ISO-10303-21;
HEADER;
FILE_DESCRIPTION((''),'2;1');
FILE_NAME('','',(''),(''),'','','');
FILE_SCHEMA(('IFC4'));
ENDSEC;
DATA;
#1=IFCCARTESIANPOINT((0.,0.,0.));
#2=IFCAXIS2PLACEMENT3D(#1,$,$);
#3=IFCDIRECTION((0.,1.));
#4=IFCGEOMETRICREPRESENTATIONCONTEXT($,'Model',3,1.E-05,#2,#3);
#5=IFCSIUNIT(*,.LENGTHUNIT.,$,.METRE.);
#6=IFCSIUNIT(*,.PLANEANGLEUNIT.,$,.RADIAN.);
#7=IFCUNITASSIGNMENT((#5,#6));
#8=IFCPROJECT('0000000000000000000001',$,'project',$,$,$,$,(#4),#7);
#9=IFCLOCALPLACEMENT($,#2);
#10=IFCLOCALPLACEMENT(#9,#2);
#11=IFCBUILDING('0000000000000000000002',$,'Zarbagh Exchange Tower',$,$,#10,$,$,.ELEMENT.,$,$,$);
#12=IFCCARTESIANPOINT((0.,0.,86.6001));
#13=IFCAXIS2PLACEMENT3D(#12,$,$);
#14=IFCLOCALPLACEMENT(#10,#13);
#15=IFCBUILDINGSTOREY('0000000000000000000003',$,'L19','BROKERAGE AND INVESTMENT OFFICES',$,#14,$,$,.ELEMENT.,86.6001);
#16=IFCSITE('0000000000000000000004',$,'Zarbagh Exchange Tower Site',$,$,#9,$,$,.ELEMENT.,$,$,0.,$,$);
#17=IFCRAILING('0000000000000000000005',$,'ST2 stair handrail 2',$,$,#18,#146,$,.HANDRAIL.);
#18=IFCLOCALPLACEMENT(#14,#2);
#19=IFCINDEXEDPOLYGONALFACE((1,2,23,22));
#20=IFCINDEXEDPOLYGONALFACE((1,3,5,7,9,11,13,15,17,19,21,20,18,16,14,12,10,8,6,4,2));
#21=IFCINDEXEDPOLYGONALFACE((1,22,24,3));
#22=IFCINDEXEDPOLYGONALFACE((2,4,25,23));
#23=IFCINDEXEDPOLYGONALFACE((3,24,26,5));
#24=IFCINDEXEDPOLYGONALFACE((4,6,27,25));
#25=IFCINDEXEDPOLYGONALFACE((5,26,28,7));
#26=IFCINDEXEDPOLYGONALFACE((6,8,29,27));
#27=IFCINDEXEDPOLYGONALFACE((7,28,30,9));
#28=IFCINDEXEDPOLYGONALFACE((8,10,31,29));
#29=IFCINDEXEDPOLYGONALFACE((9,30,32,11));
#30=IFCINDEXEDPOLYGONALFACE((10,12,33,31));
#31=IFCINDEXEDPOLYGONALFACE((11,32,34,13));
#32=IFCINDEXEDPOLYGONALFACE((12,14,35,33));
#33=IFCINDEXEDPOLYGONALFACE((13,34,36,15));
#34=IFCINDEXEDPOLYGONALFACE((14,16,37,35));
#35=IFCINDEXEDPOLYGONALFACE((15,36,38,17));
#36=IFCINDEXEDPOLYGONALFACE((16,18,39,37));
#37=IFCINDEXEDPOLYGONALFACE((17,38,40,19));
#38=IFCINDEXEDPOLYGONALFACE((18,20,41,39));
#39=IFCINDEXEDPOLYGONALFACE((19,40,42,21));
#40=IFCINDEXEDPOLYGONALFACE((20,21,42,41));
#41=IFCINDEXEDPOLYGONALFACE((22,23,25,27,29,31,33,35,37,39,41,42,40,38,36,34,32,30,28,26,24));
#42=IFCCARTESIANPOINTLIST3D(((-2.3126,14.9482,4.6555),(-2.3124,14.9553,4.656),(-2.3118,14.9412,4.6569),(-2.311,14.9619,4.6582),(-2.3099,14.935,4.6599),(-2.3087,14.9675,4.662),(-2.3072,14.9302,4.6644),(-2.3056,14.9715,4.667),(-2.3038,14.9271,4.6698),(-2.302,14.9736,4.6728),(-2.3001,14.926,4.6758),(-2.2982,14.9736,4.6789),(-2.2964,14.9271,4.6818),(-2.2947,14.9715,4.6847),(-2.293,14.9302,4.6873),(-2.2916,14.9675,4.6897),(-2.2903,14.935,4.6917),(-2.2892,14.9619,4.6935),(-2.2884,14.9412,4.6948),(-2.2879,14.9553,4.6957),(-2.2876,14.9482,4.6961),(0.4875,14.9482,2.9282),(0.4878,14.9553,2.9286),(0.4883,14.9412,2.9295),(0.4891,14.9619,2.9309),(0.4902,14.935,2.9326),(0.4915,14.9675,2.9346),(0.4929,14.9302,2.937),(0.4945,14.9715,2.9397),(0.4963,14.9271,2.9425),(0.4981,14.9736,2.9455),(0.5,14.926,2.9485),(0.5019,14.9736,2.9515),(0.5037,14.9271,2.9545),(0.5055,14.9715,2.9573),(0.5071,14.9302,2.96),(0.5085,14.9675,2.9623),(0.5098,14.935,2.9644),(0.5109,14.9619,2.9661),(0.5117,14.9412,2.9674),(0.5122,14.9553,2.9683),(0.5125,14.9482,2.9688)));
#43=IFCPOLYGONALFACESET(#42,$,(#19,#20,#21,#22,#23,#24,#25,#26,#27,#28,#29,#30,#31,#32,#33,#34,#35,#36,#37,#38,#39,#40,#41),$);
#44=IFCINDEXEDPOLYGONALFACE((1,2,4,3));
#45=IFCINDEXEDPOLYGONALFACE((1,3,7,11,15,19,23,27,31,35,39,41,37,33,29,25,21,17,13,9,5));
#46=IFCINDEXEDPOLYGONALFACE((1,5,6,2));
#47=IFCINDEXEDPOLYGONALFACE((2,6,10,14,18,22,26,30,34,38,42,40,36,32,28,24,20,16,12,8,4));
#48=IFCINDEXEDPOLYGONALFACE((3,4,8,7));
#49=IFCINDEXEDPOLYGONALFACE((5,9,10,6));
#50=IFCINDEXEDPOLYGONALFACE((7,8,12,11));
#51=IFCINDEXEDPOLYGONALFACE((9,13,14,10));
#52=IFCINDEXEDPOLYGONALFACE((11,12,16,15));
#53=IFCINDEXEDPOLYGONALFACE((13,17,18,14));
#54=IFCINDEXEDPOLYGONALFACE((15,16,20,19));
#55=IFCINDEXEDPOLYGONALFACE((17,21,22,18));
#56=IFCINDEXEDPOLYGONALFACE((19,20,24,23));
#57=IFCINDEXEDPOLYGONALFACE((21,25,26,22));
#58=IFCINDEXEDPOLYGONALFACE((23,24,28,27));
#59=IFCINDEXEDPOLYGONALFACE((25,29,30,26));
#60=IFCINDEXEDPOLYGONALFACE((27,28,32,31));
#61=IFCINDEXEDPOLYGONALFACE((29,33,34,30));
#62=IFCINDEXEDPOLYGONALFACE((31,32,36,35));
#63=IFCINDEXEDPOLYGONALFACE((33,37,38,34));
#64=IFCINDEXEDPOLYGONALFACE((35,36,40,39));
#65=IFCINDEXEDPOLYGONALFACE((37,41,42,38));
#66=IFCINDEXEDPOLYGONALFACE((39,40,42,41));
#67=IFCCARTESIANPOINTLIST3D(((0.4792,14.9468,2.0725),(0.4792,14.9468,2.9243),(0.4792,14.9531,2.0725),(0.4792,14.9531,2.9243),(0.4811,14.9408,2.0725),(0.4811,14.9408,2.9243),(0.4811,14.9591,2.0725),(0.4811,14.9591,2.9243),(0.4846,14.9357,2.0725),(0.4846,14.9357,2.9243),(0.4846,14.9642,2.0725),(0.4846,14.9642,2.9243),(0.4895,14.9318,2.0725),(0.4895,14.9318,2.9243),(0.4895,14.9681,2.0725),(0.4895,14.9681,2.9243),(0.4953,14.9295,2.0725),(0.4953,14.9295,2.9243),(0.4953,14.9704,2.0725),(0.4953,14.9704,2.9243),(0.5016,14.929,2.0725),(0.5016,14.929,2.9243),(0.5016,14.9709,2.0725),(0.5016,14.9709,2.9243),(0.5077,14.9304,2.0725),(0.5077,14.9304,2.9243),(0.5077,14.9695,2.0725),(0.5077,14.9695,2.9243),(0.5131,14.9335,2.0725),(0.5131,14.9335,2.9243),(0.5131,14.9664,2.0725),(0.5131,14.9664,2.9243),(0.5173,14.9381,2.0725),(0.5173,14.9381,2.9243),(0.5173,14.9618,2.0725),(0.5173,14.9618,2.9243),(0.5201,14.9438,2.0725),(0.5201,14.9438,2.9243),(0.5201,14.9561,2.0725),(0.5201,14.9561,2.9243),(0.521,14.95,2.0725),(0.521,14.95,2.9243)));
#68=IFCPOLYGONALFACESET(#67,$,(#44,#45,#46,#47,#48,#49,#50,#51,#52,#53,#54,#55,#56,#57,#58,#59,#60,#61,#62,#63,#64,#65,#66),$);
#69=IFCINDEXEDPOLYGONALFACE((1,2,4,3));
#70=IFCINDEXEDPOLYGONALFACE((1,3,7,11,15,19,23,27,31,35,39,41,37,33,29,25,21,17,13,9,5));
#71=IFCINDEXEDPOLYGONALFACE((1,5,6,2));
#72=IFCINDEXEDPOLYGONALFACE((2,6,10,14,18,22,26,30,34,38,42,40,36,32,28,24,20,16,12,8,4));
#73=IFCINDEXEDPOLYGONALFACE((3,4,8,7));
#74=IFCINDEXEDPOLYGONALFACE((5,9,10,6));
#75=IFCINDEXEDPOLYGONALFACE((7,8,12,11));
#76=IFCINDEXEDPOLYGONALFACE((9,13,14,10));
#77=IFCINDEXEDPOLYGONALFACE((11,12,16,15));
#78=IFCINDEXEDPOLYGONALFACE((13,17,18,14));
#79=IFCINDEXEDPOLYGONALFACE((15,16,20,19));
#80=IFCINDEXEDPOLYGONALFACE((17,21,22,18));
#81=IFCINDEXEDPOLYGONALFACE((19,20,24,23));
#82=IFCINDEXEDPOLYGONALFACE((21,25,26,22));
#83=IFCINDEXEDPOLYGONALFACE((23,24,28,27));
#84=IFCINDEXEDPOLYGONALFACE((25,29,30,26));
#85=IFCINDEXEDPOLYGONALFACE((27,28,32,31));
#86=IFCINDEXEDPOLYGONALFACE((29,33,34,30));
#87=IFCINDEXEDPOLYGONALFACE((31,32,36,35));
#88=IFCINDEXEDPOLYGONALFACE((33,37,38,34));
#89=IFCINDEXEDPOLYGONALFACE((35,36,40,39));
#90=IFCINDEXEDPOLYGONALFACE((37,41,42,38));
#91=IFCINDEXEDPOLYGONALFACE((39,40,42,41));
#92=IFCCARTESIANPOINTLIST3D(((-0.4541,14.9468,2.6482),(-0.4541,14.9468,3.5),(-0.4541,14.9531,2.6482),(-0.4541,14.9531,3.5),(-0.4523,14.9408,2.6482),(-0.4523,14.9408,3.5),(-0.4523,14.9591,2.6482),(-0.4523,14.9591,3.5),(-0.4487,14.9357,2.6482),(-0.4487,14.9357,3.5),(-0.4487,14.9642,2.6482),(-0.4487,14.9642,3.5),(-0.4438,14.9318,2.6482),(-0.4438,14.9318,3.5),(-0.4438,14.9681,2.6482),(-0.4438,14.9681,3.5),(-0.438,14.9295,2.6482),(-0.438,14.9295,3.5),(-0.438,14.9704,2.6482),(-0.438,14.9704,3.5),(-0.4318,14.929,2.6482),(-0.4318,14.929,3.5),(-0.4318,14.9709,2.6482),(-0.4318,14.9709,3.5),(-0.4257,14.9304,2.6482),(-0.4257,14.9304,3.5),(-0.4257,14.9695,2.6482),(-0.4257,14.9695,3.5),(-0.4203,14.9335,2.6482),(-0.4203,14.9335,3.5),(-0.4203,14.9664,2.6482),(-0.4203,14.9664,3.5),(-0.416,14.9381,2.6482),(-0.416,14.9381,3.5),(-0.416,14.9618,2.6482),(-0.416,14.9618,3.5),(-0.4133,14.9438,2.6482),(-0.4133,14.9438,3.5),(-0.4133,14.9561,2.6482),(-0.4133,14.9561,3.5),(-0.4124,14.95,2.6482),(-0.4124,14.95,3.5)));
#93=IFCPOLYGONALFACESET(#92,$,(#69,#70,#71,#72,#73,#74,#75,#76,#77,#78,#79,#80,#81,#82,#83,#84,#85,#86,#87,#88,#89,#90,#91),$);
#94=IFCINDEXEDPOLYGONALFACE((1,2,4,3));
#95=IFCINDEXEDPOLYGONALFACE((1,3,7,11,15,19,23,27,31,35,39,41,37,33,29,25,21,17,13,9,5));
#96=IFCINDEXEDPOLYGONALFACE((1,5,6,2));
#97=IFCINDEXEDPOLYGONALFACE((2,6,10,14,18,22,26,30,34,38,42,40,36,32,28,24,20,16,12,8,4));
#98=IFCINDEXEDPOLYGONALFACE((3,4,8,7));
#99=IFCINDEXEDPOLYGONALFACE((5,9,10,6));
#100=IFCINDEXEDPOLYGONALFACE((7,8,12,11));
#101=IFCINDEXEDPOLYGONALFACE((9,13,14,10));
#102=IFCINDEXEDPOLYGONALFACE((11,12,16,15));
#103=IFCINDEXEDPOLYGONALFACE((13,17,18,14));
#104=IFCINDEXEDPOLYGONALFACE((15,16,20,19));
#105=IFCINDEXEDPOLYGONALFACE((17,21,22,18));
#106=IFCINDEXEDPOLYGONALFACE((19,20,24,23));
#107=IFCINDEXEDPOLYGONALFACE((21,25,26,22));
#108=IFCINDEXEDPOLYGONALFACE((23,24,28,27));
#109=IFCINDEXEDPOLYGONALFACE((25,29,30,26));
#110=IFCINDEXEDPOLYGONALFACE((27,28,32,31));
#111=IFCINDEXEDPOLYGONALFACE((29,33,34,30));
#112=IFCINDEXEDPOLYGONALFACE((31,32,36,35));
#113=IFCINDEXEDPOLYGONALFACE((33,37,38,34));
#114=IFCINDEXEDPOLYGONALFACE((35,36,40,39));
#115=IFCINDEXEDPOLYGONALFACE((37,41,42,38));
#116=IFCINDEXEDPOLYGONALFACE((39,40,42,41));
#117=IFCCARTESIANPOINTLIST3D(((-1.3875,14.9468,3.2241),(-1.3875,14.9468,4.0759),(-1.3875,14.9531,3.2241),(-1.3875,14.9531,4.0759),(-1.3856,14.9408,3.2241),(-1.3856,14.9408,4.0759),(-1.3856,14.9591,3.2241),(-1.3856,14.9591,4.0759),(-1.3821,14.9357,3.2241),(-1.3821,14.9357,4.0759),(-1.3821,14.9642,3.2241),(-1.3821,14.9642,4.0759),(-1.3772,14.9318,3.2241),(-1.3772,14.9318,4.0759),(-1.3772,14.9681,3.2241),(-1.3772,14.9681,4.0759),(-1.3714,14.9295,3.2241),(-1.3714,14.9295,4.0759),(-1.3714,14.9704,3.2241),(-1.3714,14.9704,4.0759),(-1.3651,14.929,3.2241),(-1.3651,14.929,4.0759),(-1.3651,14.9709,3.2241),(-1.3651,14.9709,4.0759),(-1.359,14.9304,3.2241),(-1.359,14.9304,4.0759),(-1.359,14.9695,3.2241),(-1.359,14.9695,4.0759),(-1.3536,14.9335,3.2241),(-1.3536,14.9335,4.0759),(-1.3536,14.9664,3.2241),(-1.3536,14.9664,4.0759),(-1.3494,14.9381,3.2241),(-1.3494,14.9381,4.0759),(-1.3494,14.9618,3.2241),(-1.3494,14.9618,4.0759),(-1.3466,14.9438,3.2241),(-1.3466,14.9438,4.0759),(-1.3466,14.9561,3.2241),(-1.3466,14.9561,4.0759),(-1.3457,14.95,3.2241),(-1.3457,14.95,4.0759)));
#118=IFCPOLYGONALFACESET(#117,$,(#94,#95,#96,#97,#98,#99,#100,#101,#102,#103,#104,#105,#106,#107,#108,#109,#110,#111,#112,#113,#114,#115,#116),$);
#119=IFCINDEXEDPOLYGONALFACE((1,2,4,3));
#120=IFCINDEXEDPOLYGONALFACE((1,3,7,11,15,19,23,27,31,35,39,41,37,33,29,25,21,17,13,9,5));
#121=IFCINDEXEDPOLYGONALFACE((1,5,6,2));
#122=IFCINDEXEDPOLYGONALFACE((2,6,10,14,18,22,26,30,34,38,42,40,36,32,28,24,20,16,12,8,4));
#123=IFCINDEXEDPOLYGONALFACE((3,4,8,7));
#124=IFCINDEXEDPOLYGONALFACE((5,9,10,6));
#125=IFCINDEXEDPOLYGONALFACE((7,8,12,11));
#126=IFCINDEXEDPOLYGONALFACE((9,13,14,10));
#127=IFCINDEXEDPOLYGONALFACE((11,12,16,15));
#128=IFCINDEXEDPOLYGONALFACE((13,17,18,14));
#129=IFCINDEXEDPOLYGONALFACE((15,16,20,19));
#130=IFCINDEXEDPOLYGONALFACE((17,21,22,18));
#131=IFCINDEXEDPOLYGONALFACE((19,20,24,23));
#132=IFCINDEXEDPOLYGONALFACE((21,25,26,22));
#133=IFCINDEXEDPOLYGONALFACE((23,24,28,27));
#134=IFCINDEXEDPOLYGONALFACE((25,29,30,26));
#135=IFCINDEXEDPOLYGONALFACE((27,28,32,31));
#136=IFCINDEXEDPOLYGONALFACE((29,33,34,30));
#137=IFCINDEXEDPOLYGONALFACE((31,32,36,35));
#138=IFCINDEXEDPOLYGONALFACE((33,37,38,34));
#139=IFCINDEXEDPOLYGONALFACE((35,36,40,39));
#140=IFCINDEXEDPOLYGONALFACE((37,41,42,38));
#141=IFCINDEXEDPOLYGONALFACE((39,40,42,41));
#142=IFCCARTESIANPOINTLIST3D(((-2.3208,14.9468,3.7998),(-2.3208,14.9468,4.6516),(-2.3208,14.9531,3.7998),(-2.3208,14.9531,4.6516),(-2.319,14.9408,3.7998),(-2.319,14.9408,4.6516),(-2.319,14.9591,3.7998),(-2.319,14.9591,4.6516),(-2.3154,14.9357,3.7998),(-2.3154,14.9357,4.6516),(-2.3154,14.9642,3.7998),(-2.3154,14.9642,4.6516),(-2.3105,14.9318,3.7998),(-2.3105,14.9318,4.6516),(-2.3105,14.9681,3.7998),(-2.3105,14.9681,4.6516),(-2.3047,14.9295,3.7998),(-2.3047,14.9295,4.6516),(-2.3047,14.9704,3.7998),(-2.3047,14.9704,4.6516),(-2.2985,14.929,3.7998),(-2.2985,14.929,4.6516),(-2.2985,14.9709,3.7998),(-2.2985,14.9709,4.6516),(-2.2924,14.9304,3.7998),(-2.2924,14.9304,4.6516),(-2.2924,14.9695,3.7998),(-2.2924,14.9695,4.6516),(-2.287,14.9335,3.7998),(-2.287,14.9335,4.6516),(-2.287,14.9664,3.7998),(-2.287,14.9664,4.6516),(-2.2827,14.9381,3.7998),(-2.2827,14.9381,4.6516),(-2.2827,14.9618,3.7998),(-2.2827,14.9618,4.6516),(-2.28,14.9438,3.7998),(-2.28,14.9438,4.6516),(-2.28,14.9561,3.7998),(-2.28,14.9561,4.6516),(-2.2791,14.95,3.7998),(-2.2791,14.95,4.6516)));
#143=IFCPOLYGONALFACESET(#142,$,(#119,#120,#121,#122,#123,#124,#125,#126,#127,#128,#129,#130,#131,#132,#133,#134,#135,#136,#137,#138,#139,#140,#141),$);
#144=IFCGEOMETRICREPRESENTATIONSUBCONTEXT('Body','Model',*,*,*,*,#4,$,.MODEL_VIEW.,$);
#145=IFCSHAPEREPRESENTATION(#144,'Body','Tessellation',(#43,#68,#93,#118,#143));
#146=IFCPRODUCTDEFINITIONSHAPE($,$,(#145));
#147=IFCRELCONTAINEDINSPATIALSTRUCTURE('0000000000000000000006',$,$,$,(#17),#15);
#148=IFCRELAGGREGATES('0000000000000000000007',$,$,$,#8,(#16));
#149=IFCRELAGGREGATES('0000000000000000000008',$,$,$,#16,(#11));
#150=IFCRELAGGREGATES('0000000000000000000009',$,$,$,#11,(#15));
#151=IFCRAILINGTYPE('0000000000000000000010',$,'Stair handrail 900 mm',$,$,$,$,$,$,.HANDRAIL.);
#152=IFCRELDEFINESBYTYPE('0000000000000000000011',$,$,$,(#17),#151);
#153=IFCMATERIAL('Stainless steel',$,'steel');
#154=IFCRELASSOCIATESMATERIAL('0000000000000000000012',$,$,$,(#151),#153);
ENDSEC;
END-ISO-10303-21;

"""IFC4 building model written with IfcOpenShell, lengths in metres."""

from ifc_helpers import new_model, si_unit, direction, frame, origin, origin_2d, place, context, subcontext, project, spatial, circle, extrude, material, type_object, element, save


model = new_model("IFC4")

# Units and contexts
model_context = context("Model", 3, precision=1e-05, world=origin(), true_north=direction((0.0, 1.0)))
body_context = subcontext(model_context, "Body", "Model", "MODEL_VIEW")
ifc_project = project(units=[si_unit("LENGTHUNIT", "METRE"), si_unit("PLANEANGLEUNIT", "RADIAN")], contexts=[model_context])

# Site, building, storey
site_placement = place(None, origin())
site = spatial("IfcSite", under=ifc_project, at=site_placement, Name="Zarbagh Exchange Tower Site", CompositionType="ELEMENT", RefElevation=0.0)
building_placement = place(site_placement, origin())
building = spatial("IfcBuilding", under=site, at=building_placement, Name="Zarbagh Exchange Tower", CompositionType="ELEMENT")
storey_placement = place(building_placement, frame((0.0, 0.0, 86.6001)))
storey = spatial("IfcBuildingStorey", under=building, at=storey_placement, Name="L19", Description="BROKERAGE AND INVESTMENT OFFICES", CompositionType="ELEMENT", Elevation=86.6001)

# Railing
ifc_material_1 = material(Name="Stainless steel", Category="steel")
railing_type = type_object("IfcRailingType", Name="Stair handrail 900 mm", PredefinedType="HANDRAIL", material=ifc_material_1)
railing_placement = place(storey_placement, frame((0.5, 14.95, 2.0725)))
element("IfcRailing", 1, at=railing_placement, inside=storey, type_object=railing_type, Name="ST2 stair handrail 2", PredefinedType="HANDRAIL", context=body_context, shape_type="SweptSolid", body=[
    extrude(circle(Radius=0.0239, at=origin_2d()), frame((0.0, 0.0, 0.876), z_axis=(-0.85109, 0.0, 0.52502), x_axis=(0.0, -1.0, 0.0)), (0.0, 0.0, 1.0), 3.29),
    extrude(circle(Radius=0.021, at=origin_2d()), origin(), (0.0, 0.0, 1.0), 0.8518),
    extrude(circle(Radius=0.021, at=origin_2d()), frame((-0.9333, 0.0, 0.5757)), (0.0, 0.0, 1.0), 0.8518),
    extrude(circle(Radius=0.021, at=origin_2d()), frame((-1.8667, 0.0, 1.1516)), (0.0, 0.0, 1.0), 0.8518),
    extrude(circle(Radius=0.021, at=origin_2d()), frame((-2.8, 0.0, 1.7273)), (0.0, 0.0, 1.0), 0.8518),
])

save(model, "model.ifc")
